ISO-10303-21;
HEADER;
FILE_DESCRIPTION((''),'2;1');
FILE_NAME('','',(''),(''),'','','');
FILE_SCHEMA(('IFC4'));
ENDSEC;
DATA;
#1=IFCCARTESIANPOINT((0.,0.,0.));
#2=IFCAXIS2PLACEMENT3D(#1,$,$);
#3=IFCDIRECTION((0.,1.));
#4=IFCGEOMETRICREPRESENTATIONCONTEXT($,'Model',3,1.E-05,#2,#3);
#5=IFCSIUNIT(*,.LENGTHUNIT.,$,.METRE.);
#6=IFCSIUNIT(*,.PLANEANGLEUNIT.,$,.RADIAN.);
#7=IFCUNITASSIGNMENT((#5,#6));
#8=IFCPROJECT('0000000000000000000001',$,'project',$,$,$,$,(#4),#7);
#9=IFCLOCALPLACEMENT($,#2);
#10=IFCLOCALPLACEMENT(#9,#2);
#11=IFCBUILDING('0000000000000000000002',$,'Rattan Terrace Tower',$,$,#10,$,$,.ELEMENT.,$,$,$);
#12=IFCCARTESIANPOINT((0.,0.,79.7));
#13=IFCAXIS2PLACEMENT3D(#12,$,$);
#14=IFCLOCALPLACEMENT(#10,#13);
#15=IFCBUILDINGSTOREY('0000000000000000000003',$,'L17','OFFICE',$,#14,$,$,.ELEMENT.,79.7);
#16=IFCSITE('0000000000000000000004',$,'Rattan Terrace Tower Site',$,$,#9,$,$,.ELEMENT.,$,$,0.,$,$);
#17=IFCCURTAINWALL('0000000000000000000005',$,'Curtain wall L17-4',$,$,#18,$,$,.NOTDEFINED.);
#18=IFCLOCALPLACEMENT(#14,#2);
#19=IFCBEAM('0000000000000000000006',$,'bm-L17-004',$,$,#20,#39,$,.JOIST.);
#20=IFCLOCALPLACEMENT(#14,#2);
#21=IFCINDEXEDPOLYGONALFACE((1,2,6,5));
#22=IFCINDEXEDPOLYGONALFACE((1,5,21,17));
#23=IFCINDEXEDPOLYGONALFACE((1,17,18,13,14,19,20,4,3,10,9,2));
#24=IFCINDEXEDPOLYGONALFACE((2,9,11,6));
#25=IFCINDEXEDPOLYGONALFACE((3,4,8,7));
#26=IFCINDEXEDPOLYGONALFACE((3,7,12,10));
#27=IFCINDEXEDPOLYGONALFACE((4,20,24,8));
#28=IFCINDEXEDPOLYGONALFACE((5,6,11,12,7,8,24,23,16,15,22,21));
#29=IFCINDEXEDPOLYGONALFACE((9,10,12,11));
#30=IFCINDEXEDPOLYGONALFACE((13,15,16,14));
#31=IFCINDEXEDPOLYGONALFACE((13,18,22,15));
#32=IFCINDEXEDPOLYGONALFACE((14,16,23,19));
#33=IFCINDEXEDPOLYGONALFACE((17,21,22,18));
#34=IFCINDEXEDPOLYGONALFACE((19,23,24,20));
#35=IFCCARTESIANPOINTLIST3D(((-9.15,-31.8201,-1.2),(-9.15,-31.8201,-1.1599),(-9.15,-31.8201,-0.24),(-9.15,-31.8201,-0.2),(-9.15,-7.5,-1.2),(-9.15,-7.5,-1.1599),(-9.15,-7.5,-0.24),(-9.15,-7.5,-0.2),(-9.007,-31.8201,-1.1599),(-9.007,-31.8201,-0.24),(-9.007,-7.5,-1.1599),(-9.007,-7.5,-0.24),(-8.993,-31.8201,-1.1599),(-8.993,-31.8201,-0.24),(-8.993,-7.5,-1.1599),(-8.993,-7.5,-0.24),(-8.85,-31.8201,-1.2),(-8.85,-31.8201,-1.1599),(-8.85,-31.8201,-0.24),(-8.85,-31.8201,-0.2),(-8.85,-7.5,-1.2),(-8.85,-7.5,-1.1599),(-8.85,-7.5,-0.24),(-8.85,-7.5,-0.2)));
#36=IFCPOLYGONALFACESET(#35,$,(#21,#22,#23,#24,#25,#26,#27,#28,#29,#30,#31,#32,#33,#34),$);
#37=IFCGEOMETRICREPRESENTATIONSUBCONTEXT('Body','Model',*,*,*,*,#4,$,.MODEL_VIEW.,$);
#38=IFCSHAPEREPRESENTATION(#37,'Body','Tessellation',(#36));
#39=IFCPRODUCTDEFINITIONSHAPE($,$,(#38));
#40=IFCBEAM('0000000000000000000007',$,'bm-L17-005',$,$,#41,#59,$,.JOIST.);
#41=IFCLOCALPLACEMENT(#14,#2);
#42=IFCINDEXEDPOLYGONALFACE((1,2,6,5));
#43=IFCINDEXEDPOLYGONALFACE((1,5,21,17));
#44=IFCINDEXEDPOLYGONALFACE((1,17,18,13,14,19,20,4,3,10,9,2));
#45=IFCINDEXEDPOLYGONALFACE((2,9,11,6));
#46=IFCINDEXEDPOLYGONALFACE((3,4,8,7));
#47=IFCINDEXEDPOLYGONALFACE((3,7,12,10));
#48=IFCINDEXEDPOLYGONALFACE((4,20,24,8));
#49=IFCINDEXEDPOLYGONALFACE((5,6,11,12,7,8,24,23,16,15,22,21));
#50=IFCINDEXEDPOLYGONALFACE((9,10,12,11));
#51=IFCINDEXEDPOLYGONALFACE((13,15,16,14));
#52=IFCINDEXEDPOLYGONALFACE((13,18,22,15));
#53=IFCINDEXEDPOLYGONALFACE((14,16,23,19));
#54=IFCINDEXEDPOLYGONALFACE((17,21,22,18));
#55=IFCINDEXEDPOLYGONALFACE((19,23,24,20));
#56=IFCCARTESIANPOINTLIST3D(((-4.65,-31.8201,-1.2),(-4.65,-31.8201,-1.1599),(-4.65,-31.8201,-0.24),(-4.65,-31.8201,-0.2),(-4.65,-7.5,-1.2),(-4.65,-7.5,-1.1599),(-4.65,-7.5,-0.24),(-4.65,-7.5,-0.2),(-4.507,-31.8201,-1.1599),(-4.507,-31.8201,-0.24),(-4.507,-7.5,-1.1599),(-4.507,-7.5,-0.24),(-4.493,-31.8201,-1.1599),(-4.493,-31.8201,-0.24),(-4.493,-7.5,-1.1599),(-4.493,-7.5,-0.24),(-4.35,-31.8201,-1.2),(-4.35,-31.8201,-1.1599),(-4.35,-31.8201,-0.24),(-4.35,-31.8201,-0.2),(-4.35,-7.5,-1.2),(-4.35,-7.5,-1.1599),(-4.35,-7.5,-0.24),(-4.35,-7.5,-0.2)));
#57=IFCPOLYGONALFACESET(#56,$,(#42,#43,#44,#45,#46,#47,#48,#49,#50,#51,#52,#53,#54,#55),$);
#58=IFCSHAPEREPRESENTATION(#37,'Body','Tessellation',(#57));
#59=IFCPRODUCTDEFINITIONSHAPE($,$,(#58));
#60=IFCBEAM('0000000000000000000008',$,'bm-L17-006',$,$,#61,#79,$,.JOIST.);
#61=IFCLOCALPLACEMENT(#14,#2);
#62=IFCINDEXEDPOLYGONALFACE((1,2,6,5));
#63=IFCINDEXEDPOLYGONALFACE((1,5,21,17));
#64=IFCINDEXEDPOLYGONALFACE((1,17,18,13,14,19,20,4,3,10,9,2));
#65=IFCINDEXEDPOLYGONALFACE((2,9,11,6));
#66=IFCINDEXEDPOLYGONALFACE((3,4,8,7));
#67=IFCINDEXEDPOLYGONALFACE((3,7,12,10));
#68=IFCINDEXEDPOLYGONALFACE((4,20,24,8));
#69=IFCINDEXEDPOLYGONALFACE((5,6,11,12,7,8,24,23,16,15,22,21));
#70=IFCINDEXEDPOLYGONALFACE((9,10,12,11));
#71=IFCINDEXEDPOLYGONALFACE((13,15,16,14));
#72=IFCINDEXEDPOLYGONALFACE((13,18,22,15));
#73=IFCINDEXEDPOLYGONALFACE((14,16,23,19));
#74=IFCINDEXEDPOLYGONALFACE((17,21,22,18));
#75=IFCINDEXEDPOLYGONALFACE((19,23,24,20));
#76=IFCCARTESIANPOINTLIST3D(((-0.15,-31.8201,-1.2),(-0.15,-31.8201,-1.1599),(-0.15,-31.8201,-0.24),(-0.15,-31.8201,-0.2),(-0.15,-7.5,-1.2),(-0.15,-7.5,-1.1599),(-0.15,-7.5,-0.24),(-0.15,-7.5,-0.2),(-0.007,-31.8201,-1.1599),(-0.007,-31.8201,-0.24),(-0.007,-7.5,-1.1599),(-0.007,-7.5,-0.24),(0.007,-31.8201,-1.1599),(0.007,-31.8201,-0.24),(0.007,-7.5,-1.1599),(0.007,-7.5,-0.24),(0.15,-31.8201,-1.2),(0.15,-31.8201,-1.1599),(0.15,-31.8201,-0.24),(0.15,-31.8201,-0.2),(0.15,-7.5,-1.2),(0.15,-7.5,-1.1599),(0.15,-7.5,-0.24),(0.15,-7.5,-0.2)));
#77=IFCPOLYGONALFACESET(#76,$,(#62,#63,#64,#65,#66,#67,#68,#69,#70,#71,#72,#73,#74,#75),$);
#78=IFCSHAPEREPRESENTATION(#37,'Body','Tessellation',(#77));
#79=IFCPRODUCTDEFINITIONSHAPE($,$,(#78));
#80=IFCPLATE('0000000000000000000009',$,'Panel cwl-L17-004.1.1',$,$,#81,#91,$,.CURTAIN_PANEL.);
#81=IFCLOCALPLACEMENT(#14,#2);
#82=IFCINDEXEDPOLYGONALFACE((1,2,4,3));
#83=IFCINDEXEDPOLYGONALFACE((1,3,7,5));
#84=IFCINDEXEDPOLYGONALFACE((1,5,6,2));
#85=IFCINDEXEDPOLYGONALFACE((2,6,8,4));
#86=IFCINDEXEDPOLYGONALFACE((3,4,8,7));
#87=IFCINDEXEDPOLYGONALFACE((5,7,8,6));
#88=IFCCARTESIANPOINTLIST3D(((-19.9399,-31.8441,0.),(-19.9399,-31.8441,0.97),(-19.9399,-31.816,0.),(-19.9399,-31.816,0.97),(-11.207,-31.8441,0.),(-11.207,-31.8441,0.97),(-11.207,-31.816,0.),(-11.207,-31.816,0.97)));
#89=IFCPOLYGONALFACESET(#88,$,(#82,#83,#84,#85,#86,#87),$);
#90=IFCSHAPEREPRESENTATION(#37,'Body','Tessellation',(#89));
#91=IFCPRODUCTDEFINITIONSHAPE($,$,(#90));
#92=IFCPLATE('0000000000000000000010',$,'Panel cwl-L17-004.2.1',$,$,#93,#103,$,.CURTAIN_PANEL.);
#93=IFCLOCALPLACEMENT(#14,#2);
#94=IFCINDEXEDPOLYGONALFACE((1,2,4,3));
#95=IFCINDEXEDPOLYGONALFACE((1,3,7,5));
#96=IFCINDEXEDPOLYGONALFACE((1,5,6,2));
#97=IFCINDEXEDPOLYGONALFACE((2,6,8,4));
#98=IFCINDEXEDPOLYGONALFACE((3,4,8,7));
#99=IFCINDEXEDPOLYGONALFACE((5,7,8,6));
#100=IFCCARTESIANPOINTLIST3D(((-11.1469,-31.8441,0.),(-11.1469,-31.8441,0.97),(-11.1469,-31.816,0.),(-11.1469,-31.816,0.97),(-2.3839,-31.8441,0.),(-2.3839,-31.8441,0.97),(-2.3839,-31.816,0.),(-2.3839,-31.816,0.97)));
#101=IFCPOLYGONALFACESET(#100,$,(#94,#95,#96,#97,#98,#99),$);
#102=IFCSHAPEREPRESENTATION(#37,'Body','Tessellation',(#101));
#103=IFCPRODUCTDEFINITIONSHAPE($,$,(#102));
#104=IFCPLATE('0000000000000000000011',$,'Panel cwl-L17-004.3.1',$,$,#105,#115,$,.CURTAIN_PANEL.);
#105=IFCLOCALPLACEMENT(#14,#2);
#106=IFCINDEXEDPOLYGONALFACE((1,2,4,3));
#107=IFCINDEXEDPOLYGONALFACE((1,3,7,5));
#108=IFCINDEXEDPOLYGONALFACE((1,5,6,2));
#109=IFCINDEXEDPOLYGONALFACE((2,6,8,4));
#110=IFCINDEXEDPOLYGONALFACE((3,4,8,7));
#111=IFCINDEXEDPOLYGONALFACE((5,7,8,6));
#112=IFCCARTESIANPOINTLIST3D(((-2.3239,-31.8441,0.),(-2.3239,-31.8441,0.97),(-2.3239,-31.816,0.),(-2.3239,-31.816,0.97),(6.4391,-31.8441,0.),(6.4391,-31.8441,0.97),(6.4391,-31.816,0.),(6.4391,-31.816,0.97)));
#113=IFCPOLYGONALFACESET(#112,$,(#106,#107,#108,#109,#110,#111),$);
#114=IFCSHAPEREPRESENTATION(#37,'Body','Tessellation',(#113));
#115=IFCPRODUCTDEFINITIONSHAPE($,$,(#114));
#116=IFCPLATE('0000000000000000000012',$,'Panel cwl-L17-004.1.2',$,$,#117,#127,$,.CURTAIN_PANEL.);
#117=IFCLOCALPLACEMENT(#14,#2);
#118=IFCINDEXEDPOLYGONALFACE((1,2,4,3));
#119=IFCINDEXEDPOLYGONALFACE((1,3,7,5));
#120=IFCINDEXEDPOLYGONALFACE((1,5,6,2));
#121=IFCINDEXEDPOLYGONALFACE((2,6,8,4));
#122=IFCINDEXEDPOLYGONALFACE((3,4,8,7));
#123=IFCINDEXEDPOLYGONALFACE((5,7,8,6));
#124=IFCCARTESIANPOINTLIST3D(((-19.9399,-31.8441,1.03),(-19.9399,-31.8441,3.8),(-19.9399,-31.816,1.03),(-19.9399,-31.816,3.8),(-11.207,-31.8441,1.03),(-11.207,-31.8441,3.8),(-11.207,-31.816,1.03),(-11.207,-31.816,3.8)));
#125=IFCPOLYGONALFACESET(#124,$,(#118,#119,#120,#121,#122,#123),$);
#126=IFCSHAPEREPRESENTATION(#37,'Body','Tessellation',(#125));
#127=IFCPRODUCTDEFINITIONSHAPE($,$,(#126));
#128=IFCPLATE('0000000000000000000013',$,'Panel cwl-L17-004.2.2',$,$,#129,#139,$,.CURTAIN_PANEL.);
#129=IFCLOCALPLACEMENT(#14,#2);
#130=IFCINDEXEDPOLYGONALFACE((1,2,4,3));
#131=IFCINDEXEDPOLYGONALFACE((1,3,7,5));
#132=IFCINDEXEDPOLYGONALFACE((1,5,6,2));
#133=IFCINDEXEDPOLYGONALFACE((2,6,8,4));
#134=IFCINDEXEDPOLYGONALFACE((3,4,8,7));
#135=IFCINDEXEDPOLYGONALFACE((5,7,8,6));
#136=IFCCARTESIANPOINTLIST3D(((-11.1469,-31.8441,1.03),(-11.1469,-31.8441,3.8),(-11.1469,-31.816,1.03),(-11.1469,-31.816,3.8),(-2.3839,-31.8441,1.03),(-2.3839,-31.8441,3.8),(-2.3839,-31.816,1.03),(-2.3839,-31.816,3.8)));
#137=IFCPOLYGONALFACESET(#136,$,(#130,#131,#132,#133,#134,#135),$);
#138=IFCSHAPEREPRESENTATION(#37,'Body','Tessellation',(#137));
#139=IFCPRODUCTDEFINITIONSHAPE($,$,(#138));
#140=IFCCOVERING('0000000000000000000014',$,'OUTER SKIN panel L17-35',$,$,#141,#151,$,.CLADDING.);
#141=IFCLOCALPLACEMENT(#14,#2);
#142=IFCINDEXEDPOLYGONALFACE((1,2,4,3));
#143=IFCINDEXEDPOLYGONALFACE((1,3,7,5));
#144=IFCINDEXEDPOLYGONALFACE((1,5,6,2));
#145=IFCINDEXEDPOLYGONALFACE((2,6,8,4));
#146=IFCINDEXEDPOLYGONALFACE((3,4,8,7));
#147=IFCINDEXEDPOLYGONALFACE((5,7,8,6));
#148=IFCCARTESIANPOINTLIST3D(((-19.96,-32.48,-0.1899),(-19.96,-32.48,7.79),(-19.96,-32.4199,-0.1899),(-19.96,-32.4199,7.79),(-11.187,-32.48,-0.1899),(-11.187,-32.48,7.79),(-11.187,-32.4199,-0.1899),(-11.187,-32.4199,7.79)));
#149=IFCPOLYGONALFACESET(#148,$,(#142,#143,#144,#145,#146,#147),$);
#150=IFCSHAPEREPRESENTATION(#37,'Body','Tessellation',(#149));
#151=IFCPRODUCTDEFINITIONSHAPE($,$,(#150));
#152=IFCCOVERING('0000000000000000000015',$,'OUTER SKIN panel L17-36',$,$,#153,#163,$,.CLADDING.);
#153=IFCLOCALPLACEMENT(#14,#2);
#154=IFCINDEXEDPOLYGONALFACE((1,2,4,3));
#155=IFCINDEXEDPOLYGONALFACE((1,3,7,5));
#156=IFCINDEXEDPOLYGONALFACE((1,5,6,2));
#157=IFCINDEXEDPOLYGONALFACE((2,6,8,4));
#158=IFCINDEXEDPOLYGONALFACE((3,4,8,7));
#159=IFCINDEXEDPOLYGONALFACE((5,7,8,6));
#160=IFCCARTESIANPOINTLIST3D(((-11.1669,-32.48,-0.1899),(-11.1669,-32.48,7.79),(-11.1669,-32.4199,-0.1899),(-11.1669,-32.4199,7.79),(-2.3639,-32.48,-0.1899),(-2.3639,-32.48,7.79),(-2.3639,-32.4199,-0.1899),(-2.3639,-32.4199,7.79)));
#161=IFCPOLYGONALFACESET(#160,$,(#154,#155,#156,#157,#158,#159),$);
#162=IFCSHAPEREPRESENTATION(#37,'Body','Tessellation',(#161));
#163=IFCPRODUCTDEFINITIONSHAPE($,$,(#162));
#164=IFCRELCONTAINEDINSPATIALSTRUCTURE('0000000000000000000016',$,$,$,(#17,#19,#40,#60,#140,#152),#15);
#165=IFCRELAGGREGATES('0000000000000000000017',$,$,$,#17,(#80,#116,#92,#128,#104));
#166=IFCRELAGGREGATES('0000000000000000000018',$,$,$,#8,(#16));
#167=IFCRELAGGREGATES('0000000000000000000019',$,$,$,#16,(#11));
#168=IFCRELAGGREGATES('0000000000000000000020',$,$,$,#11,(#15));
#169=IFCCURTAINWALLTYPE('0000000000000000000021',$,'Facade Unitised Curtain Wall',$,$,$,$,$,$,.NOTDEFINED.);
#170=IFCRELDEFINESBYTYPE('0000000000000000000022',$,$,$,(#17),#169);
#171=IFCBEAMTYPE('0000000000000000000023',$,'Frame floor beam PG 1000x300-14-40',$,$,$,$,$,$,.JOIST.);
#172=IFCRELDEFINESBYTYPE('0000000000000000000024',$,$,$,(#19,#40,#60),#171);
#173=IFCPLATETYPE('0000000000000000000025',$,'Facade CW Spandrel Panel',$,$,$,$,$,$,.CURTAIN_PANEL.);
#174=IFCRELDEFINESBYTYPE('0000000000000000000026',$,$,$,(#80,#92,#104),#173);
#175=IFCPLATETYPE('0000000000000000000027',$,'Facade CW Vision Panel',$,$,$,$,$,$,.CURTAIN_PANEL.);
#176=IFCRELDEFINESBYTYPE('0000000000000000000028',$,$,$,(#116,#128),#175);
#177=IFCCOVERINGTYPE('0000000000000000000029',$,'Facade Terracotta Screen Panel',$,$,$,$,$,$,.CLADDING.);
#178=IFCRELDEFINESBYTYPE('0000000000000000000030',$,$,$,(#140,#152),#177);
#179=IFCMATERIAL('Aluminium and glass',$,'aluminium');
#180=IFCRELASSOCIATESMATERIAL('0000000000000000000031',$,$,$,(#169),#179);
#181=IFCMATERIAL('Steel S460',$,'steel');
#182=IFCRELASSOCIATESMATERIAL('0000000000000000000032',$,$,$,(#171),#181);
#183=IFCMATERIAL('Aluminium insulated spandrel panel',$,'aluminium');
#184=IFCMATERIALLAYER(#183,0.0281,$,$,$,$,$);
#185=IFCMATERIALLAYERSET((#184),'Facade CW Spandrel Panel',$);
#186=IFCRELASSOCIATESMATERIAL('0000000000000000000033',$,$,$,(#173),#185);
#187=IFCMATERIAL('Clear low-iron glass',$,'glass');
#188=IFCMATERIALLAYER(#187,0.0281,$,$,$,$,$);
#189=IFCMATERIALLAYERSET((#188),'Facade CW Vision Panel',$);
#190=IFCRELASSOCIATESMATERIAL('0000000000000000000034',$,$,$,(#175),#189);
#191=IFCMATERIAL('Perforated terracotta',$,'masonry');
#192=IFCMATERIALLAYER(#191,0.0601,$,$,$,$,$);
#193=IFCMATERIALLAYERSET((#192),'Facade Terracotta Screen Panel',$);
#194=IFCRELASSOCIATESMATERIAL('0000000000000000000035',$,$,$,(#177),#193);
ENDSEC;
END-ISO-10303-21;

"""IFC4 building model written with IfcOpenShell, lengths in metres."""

from ifc_helpers import new_model, si_unit, direction, frame, origin, origin_2d, place, context, subcontext, project, spatial, rectangle, i_section, extrude, material, layer, layer_set, material_profile, profile_set, type_object, element, aggregate, save


model = new_model("IFC4")

# Units and contexts
model_context = context("Model", 3, precision=1e-05, world=origin(), true_north=direction((0.0, 1.0)))
body_context = subcontext(model_context, "Body", "Model", "MODEL_VIEW")
ifc_project = project(units=[si_unit("LENGTHUNIT", "METRE"), si_unit("PLANEANGLEUNIT", "RADIAN")], contexts=[model_context])

# Site, building, storey
site_placement = place(None, origin())
site = spatial("IfcSite", under=ifc_project, at=site_placement, Name="Rattan Terrace Tower Site", CompositionType="ELEMENT", RefElevation=0.0)
building_placement = place(site_placement, origin())
building = spatial("IfcBuilding", under=site, at=building_placement, Name="Rattan Terrace Tower", CompositionType="ELEMENT")
storey_placement = place(building_placement, frame((0.0, 0.0, 79.7)))
storey = spatial("IfcBuildingStorey", under=building, at=storey_placement, Name="L17", Description="OFFICE", CompositionType="ELEMENT", Elevation=79.7)

# Curtain wall
ifc_material_1 = material(Name="Aluminium and glass", Category="aluminium")
curtain_wall_type = type_object("IfcCurtainWallType", Name="Facade Unitised Curtain Wall", PredefinedType="NOTDEFINED", material=ifc_material_1)
curtain_wall_placement = place(storey_placement, origin())
curtain_wall = element("IfcCurtainWall", 1, at=curtain_wall_placement, inside=storey, type_object=curtain_wall_type, Name="Curtain wall L17-4", PredefinedType="NOTDEFINED")

# Beams
ifc_material_2 = material(Name="Steel S460", Category="steel")
ifc_material_profile_1 = material_profile(ifc_material_2, i_section(OverallWidth=0.3, OverallDepth=1.0, WebThickness=0.0139, FlangeThickness=0.04, at=origin_2d()), Name="PG 1000x300-14-40")
ifc_profile_set_1 = profile_set([ifc_material_profile_1], Name="Steel S460")
beam_type_1 = type_object("IfcBeamType", Name="Frame floor beam PG 1000x300-14-40", PredefinedType="JOIST", material=ifc_profile_set_1)
for number, where, z_axis, x_axis, name in (
    (2, (-9.0, -31.8201, -0.7), (0.0, 1.0, 0.0), (-1.0, 0.0, 0.0), "bm-L17-004"),
    (3, (-4.5, -31.8201, -0.7), (0.0, 1.0, 0.0), (-1.0, 0.0, 0.0), "bm-L17-005"),
    (4, (0.0, -31.8201, -0.7), (0.0, 1.0, 0.0), (-1.0, 0.0, 0.0), "bm-L17-006"),
):
    element("IfcBeam", number, at=place(storey_placement, frame(where, z_axis=z_axis, x_axis=x_axis)), inside=storey, type_object=beam_type_1, Name=name, PredefinedType="JOIST", context=body_context, shape_type="SweptSolid", body=[
        extrude(i_section(OverallWidth=0.3, OverallDepth=1.0, WebThickness=0.0139, FlangeThickness=0.04, at=origin_2d()), origin(), (0.0, 0.0, 1.0), 24.3201),
    ])

# Plates
ifc_material_3 = material(Name="Aluminium insulated spandrel panel", Category="aluminium")
ifc_layer_1 = layer(ifc_material_3, 0.0281)
ifc_layer_set_1 = layer_set([ifc_layer_1], Name="Facade CW Spandrel Panel")
plate_type_1 = type_object("IfcPlateType", Name="Facade CW Spandrel Panel", PredefinedType="CURTAIN_PANEL", material=ifc_layer_set_1)
plate_1_placement = place(storey_placement, frame((-15.5735, -31.8301, 0.0), z_axis=(0.0, 0.0, 1.0), x_axis=(1.0, 0.0, 0.0)))
plate_1 = element("IfcPlate", 5, at=plate_1_placement, type_object=plate_type_1, Name="Panel cwl-L17-004.1.1", PredefinedType="CURTAIN_PANEL", context=body_context, shape_type="SweptSolid", body=[
    extrude(rectangle(XDim=8.7329, YDim=0.0281, at=origin_2d()), origin(), (0.0, 0.0, 1.0), 0.97),
])
plate_2_placement = place(storey_placement, frame((-6.7654, -31.8301, 0.0), z_axis=(0.0, 0.0, 1.0), x_axis=(1.0, 0.0, 0.0)))
plate_2 = element("IfcPlate", 6, at=plate_2_placement, type_object=plate_type_1, Name="Panel cwl-L17-004.2.1", PredefinedType="CURTAIN_PANEL", context=body_context, shape_type="SweptSolid", body=[
    extrude(rectangle(XDim=8.7629, YDim=0.0281, at=origin_2d()), origin(), (0.0, 0.0, 1.0), 0.97),
])
plate_3_placement = place(storey_placement, frame((2.0576, -31.8301, 0.0), z_axis=(0.0, 0.0, 1.0), x_axis=(1.0, 0.0, 0.0)))
plate_3 = element("IfcPlate", 7, at=plate_3_placement, type_object=plate_type_1, Name="Panel cwl-L17-004.3.1", PredefinedType="CURTAIN_PANEL", context=body_context, shape_type="SweptSolid", body=[
    extrude(rectangle(XDim=8.7629, YDim=0.0281, at=origin_2d()), origin(), (0.0, 0.0, 1.0), 0.97),
])
ifc_material_4 = material(Name="Clear low-iron glass", Category="glass")
ifc_layer_2 = layer(ifc_material_4, 0.0281)
ifc_layer_set_2 = layer_set([ifc_layer_2], Name="Facade CW Vision Panel")
plate_type_2 = type_object("IfcPlateType", Name="Facade CW Vision Panel", PredefinedType="CURTAIN_PANEL", material=ifc_layer_set_2)
plate_4_placement = place(storey_placement, frame((-15.5735, -31.8301, 1.03), z_axis=(0.0, 0.0, 1.0), x_axis=(1.0, 0.0, 0.0)))
plate_4 = element("IfcPlate", 8, at=plate_4_placement, type_object=plate_type_2, Name="Panel cwl-L17-004.1.2", PredefinedType="CURTAIN_PANEL", context=body_context, shape_type="SweptSolid", body=[
    extrude(rectangle(XDim=8.7329, YDim=0.0281, at=origin_2d()), origin(), (0.0, 0.0, 1.0), 2.77),
])
plate_5_placement = place(storey_placement, frame((-6.7654, -31.8301, 1.03), z_axis=(0.0, 0.0, 1.0), x_axis=(1.0, 0.0, 0.0)))
plate_5 = element("IfcPlate", 9, at=plate_5_placement, type_object=plate_type_2, Name="Panel cwl-L17-004.2.2", PredefinedType="CURTAIN_PANEL", context=body_context, shape_type="SweptSolid", body=[
    extrude(rectangle(XDim=8.7629, YDim=0.0281, at=origin_2d()), origin(), (0.0, 0.0, 1.0), 2.77),
])
aggregate(curtain_wall, [plate_1, plate_4, plate_2, plate_5, plate_3])

# Coverings
ifc_material_5 = material(Name="Perforated terracotta", Category="masonry")
ifc_layer_3 = layer(ifc_material_5, 0.0601)
ifc_layer_set_3 = layer_set([ifc_layer_3], Name="Facade Terracotta Screen Panel")
covering_type = type_object("IfcCoveringType", Name="Facade Terracotta Screen Panel", PredefinedType="CLADDING", material=ifc_layer_set_3)
covering_1_placement = place(storey_placement, frame((-15.5735, -32.45, -0.1899), z_axis=(0.0, 0.0, 1.0), x_axis=(1.0, 0.0, 0.0)))
element("IfcCovering", 10, at=covering_1_placement, inside=storey, type_object=covering_type, Name="OUTER SKIN panel L17-35", PredefinedType="CLADDING", context=body_context, shape_type="SweptSolid", body=[
    extrude(rectangle(XDim=8.7729, YDim=0.0601, at=origin_2d()), origin(), (0.0, 0.0, 1.0), 7.98),
])
covering_2_placement = place(storey_placement, frame((-6.7654, -32.45, -0.1899), z_axis=(0.0, 0.0, 1.0), x_axis=(1.0, 0.0, 0.0)))
element("IfcCovering", 11, at=covering_2_placement, inside=storey, type_object=covering_type, Name="OUTER SKIN panel L17-36", PredefinedType="CLADDING", context=body_context, shape_type="SweptSolid", body=[
    extrude(rectangle(XDim=8.803, YDim=0.0601, at=origin_2d()), origin(), (0.0, 0.0, 1.0), 7.98),
])

save(model, "model.ifc")
